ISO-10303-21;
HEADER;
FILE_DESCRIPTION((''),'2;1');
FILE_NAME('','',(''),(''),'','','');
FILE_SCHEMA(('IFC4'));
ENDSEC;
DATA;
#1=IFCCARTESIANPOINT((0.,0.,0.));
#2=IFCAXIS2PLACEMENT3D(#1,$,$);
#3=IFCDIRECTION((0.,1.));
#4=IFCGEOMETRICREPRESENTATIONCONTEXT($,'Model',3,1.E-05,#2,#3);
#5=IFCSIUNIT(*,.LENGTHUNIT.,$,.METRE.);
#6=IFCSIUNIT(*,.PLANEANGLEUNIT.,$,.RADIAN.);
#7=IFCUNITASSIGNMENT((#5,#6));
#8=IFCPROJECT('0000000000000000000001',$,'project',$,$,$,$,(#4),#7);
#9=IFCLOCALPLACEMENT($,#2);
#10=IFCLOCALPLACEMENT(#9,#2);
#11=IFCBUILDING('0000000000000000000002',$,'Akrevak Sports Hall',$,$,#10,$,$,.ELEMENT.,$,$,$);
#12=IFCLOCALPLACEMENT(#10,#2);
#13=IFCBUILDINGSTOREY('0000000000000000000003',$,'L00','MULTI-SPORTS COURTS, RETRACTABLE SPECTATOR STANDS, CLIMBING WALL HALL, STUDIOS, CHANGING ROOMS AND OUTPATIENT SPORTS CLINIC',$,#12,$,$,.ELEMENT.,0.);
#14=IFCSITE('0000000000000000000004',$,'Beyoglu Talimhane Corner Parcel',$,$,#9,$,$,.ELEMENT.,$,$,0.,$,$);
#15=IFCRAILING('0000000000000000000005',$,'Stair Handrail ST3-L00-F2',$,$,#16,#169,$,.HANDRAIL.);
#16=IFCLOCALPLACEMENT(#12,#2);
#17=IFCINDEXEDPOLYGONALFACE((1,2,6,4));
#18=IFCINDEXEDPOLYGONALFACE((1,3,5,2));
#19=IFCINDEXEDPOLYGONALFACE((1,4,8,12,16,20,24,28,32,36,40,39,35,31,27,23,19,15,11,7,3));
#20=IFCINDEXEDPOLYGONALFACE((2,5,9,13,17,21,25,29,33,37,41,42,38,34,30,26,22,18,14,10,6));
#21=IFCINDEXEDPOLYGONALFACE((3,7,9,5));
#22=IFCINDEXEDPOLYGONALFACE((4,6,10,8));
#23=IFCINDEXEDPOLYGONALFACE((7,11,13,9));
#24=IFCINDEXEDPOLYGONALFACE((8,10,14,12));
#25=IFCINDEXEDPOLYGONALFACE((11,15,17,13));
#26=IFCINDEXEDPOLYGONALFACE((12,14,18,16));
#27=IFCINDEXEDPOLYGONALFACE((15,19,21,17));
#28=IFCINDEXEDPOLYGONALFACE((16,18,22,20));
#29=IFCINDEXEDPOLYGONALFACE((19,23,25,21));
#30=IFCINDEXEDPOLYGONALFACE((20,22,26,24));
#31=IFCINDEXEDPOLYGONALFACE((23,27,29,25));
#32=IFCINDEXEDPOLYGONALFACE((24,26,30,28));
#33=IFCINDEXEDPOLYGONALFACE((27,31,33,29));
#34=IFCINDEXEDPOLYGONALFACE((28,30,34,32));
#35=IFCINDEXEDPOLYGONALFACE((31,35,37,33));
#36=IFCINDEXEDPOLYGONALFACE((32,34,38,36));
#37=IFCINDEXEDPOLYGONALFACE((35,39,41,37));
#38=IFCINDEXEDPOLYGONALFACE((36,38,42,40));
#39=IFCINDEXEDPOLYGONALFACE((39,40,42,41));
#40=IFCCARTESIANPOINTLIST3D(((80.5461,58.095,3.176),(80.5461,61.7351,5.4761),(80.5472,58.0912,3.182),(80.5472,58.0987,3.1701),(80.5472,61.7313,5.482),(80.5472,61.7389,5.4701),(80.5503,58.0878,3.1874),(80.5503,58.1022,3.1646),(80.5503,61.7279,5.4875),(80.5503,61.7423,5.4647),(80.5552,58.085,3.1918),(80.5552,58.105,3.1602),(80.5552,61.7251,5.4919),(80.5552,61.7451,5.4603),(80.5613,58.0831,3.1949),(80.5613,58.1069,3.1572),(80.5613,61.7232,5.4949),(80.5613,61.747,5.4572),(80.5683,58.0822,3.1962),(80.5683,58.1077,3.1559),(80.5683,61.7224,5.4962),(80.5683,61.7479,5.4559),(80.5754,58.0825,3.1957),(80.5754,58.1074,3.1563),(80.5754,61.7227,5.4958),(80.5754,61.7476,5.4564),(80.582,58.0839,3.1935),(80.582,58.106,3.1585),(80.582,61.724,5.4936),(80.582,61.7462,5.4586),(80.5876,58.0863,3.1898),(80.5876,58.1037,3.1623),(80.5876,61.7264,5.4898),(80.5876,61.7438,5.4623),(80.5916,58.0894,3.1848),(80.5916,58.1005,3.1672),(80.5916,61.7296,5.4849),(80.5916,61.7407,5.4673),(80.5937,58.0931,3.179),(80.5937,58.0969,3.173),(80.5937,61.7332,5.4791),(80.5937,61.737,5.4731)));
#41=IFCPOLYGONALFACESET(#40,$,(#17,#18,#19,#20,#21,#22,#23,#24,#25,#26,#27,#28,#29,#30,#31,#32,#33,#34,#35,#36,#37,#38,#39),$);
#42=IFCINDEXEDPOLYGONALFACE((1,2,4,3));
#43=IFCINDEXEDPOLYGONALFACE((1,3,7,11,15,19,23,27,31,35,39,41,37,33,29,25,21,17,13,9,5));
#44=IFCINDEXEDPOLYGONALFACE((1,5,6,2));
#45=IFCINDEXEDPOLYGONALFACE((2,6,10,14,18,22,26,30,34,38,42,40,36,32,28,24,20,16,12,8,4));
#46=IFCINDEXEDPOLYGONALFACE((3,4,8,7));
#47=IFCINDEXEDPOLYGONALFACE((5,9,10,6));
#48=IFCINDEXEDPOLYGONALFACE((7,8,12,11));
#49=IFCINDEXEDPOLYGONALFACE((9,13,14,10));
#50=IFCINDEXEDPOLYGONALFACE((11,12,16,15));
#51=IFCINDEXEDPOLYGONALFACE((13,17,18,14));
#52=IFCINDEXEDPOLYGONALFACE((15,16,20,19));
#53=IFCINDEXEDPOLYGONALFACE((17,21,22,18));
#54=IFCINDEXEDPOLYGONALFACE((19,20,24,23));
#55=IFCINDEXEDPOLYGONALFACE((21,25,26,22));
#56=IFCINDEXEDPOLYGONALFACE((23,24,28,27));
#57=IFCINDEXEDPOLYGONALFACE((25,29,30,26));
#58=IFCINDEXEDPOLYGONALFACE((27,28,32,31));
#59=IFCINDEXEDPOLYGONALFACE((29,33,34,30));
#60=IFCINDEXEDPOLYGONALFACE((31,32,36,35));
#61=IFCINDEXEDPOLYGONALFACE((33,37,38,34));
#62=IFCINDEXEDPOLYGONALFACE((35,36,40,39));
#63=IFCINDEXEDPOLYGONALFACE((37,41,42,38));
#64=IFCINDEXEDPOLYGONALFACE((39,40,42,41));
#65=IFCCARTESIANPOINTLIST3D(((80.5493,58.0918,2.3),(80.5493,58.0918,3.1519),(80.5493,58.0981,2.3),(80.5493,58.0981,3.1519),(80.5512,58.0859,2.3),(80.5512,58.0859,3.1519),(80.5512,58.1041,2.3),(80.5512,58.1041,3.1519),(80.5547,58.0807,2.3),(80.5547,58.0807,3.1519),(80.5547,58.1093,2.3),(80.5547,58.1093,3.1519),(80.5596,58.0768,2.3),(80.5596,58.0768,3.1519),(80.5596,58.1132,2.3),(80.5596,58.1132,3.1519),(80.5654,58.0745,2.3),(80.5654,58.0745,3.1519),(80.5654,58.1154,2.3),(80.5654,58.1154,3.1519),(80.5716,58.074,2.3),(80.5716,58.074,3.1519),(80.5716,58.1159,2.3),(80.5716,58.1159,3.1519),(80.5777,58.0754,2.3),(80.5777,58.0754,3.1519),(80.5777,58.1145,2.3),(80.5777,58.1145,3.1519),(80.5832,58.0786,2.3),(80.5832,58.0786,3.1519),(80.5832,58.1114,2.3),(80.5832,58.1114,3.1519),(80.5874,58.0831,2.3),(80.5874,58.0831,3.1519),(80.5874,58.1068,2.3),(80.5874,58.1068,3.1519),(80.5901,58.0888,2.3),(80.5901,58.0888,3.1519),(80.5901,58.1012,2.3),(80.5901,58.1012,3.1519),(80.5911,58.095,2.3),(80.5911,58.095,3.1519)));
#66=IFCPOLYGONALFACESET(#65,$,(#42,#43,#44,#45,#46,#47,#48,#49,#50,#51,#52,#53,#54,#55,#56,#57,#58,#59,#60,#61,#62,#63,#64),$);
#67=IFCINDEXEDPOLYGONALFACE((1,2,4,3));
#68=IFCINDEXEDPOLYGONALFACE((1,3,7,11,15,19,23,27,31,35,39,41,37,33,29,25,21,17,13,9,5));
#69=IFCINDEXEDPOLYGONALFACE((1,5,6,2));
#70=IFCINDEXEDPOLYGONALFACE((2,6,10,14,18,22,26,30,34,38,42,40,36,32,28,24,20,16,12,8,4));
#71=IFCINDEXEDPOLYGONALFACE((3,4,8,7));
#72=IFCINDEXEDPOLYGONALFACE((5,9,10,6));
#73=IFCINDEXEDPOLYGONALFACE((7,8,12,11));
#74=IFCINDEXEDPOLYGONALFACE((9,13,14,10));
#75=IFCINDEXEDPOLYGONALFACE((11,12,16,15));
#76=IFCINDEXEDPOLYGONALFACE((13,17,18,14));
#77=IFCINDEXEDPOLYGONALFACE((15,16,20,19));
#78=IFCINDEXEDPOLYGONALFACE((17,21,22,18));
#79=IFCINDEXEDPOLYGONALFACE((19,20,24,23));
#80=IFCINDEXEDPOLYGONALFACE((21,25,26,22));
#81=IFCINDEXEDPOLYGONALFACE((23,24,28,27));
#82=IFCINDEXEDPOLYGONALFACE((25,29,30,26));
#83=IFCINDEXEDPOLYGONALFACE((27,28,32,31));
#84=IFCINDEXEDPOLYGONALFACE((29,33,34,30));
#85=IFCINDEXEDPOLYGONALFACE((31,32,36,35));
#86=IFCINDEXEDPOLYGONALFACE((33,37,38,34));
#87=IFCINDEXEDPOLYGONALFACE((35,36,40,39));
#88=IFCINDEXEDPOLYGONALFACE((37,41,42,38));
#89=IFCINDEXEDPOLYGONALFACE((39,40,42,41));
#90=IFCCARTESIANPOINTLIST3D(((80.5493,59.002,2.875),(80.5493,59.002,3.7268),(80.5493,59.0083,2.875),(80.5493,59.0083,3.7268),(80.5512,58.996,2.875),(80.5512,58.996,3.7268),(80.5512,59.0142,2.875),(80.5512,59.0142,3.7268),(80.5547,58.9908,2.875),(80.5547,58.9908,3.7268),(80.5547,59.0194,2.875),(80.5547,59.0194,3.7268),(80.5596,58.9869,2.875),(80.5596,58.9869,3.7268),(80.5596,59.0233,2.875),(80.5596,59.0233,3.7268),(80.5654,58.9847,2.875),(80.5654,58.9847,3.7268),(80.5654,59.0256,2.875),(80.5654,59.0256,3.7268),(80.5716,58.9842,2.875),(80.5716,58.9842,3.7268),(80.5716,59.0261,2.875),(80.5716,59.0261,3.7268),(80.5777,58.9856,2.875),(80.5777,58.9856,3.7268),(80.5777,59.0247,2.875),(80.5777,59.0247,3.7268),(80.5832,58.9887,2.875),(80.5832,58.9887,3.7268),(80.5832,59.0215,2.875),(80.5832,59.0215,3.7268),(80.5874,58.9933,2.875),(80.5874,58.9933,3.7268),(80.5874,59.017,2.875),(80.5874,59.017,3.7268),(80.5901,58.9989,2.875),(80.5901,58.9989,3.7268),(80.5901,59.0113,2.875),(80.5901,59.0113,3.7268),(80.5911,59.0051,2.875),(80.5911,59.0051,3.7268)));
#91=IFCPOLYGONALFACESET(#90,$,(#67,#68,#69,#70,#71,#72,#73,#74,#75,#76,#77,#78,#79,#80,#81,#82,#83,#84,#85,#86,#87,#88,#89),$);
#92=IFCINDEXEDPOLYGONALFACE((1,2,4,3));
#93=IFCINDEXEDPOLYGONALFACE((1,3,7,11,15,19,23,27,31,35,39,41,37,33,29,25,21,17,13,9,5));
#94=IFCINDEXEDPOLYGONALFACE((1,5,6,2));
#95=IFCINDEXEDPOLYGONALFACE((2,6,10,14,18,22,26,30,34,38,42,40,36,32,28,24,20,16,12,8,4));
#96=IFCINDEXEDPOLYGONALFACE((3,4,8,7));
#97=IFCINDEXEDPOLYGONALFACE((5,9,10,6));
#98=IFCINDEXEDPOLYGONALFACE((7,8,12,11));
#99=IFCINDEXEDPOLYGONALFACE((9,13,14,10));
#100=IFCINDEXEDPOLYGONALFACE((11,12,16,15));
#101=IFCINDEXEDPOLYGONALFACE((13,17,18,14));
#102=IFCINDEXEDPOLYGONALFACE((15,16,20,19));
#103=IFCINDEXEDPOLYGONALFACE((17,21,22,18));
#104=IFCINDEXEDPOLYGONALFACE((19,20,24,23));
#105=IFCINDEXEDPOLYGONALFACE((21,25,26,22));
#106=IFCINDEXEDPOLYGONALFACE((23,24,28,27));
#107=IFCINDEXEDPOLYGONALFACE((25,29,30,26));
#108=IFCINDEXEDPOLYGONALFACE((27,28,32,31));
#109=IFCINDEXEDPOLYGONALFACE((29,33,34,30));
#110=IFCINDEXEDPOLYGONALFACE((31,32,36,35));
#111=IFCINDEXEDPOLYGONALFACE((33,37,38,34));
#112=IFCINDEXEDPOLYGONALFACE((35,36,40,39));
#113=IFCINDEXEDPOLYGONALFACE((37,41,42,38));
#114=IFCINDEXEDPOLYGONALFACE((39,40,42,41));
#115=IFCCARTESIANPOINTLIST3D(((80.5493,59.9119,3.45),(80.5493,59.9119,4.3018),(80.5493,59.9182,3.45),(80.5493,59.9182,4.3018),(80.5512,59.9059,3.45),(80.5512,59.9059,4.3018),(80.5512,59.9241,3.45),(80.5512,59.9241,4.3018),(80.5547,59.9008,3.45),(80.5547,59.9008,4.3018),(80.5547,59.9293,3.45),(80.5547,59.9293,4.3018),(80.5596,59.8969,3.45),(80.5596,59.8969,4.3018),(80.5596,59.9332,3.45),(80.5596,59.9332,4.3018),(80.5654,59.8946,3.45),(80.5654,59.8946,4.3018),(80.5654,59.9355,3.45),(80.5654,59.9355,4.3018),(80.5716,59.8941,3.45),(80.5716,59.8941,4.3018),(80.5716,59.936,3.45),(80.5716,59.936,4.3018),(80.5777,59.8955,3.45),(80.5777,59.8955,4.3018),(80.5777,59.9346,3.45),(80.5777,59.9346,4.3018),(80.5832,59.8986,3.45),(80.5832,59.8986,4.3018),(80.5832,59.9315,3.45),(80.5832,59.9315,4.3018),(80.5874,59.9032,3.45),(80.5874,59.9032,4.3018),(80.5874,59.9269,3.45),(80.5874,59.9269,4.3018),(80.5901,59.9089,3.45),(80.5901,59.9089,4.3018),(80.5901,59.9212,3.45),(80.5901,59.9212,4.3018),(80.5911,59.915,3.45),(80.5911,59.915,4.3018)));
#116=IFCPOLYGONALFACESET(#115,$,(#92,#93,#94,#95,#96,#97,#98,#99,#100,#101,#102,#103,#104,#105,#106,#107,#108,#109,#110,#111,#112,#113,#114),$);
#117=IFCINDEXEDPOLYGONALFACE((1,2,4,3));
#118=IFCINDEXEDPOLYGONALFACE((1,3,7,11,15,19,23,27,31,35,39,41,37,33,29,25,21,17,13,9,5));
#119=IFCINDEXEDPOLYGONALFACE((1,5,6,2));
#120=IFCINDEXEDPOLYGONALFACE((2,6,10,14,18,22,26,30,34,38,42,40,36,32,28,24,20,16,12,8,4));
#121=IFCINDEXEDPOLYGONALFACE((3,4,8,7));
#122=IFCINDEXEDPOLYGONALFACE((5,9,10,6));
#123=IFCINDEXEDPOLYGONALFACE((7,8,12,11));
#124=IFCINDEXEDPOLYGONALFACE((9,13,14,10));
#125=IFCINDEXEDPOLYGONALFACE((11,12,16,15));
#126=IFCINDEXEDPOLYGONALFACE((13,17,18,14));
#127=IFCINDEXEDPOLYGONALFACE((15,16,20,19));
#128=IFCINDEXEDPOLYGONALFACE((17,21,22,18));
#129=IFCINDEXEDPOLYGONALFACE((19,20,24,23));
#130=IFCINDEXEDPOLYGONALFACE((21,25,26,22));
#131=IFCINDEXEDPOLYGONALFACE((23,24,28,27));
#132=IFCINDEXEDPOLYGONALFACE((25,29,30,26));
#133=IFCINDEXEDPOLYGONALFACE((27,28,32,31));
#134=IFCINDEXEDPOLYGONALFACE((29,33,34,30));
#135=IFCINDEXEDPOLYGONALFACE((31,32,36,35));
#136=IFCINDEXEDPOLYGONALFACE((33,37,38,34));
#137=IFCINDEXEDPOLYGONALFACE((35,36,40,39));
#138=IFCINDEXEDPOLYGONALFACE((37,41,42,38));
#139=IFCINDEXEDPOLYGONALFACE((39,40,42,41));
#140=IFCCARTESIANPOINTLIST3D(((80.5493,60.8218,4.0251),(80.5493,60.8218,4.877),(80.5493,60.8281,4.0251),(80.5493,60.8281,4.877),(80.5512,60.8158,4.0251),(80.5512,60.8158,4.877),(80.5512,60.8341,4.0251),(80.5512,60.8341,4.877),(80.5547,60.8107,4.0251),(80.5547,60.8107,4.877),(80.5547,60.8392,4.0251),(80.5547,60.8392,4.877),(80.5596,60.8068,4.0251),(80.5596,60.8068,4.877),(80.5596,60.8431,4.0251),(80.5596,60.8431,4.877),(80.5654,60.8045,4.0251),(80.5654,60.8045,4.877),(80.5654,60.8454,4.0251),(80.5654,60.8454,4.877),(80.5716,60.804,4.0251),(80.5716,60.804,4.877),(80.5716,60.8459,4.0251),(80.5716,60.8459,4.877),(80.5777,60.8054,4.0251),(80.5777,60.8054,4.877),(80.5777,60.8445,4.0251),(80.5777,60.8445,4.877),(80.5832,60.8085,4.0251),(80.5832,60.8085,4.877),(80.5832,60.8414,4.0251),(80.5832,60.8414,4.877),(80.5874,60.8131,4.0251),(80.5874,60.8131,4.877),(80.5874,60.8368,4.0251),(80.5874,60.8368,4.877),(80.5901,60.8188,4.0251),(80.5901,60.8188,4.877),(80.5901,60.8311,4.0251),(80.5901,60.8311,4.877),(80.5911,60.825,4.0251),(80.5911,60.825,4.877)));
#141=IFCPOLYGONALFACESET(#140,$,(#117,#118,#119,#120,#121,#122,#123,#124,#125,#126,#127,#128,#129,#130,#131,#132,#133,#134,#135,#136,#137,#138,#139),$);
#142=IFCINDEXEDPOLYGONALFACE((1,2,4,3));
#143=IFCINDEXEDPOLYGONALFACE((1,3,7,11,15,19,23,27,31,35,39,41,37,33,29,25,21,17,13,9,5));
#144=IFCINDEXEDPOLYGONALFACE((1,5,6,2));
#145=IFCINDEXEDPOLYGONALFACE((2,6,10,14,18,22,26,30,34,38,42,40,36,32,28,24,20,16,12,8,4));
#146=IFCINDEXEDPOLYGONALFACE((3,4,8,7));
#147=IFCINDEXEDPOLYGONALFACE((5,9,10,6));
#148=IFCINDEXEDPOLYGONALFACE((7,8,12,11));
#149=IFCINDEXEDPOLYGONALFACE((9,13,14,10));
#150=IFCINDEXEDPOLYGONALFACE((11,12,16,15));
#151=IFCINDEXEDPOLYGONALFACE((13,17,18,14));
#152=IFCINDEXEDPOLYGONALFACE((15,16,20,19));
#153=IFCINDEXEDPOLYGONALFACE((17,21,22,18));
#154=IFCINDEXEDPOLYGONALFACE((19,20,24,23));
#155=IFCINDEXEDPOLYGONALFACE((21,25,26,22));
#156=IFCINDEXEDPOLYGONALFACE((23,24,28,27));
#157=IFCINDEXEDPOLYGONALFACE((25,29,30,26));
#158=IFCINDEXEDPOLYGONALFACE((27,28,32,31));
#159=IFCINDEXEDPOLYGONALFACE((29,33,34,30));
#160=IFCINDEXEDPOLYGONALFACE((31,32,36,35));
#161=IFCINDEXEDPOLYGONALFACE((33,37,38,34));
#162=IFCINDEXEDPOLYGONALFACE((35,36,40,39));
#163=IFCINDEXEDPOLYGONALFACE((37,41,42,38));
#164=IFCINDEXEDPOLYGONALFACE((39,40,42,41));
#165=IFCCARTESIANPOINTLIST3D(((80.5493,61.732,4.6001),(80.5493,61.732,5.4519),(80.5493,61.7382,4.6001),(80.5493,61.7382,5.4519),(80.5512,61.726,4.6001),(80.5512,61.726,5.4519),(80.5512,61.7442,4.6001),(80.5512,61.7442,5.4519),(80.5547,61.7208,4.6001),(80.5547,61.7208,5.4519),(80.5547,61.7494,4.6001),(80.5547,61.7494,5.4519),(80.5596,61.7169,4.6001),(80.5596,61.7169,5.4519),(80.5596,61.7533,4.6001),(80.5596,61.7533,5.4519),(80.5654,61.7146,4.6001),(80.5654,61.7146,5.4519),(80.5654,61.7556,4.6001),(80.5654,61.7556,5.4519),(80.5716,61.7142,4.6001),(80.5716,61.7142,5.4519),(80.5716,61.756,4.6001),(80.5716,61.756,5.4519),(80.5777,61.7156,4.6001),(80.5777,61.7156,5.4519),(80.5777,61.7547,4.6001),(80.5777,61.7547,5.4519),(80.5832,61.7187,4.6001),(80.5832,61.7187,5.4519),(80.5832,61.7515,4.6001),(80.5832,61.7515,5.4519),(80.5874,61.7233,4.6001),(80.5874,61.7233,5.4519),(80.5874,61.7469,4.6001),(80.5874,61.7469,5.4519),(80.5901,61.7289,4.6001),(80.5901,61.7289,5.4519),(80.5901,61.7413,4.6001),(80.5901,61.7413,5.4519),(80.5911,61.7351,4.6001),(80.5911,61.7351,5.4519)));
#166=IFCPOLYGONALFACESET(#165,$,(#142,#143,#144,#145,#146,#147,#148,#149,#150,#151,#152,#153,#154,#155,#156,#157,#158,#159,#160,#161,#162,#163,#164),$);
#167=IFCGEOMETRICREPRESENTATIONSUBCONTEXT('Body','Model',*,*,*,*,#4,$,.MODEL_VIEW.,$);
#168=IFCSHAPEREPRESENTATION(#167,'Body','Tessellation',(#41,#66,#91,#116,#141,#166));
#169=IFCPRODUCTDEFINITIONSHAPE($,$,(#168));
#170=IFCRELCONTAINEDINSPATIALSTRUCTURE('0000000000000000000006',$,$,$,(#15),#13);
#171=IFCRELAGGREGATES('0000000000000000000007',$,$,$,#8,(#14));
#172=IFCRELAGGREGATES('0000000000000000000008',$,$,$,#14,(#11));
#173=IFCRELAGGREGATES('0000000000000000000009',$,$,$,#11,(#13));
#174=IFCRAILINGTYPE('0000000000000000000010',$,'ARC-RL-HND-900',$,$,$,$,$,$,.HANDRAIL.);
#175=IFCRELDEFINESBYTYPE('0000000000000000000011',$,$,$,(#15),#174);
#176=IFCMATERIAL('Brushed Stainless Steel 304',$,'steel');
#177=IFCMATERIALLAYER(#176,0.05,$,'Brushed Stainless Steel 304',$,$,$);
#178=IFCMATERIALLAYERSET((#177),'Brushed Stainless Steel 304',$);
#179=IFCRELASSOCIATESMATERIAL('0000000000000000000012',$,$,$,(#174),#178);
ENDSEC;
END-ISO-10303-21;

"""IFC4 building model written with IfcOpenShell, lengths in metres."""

from ifc_helpers import new_model, si_unit, direction, frame, origin, origin_2d, place, context, subcontext, project, spatial, circle, extrude, material, layer, layer_set, type_object, element, save


model = new_model("IFC4")

# Units and contexts
model_context = context("Model", 3, precision=1e-05, world=origin(), true_north=direction((0.0, 1.0)))
body_context = subcontext(model_context, "Body", "Model", "MODEL_VIEW")
ifc_project = project(units=[si_unit("LENGTHUNIT", "METRE"), si_unit("PLANEANGLEUNIT", "RADIAN")], contexts=[model_context])

# Site, building, storey
site_placement = place(None, origin())
site = spatial("IfcSite", under=ifc_project, at=site_placement, Name="Beyoglu Talimhane Corner Parcel", CompositionType="ELEMENT", RefElevation=0.0)
building_placement = place(site_placement, origin())
building = spatial("IfcBuilding", under=site, at=building_placement, Name="Akrevak Sports Hall", CompositionType="ELEMENT")
storey_placement = place(building_placement, origin())
storey = spatial("IfcBuildingStorey", under=building, at=storey_placement, Name="L00", Description="MULTI-SPORTS COURTS, RETRACTABLE SPECTATOR STANDS, CLIMBING WALL HALL, STUDIOS, CHANGING ROOMS AND OUTPATIENT SPORTS CLINIC", CompositionType="ELEMENT", Elevation=0.0)

# Shared definitions
ifc_material_1 = material(Name="Brushed Stainless Steel 304", Category="steel")

# Railing
ifc_layer_1 = layer(ifc_material_1, 0.05, Name="Brushed Stainless Steel 304")
ifc_layer_set_1 = layer_set([ifc_layer_1], Name="Brushed Stainless Steel 304")
railing_type_1 = type_object("IfcRailingType", Name="ARC-RL-HND-900", PredefinedType="HANDRAIL", material=ifc_layer_set_1)
railing_1_placement = place(storey_placement, frame((80.5701, 58.095, 2.3)))
element("IfcRailing", 1, at=railing_1_placement, inside=storey, type_object=railing_type_1, Name="Stair Handrail ST3-L00-F2", PredefinedType="HANDRAIL", context=body_context, shape_type="SweptSolid", body=[
    extrude(circle(Radius=0.0239, at=origin_2d()), frame((0.0, 0.0, 0.876), z_axis=(0.0, 0.845382, 0.534162), x_axis=(-1.0, 0.0, 0.0)), (0.0, 0.0, 1.0), 4.3059),
    extrude(circle(Radius=0.021, at=origin_2d()), origin(), (0.0, 0.0, 1.0), 0.8518),
    extrude(circle(Radius=0.021, at=origin_2d()), frame((0.0, 0.9102, 0.575)), (0.0, 0.0, 1.0), 0.8518),
    extrude(circle(Radius=0.021, at=origin_2d()), frame((0.0, 1.8201, 1.1499)), (0.0, 0.0, 1.0), 0.8518),
    extrude(circle(Radius=0.021, at=origin_2d()), frame((0.0, 2.73, 1.7251)), (0.0, 0.0, 1.0), 0.8518),
    extrude(circle(Radius=0.021, at=origin_2d()), frame((0.0, 3.6401, 2.3)), (0.0, 0.0, 1.0), 0.8518),
])

save(model, "model.ifc")
